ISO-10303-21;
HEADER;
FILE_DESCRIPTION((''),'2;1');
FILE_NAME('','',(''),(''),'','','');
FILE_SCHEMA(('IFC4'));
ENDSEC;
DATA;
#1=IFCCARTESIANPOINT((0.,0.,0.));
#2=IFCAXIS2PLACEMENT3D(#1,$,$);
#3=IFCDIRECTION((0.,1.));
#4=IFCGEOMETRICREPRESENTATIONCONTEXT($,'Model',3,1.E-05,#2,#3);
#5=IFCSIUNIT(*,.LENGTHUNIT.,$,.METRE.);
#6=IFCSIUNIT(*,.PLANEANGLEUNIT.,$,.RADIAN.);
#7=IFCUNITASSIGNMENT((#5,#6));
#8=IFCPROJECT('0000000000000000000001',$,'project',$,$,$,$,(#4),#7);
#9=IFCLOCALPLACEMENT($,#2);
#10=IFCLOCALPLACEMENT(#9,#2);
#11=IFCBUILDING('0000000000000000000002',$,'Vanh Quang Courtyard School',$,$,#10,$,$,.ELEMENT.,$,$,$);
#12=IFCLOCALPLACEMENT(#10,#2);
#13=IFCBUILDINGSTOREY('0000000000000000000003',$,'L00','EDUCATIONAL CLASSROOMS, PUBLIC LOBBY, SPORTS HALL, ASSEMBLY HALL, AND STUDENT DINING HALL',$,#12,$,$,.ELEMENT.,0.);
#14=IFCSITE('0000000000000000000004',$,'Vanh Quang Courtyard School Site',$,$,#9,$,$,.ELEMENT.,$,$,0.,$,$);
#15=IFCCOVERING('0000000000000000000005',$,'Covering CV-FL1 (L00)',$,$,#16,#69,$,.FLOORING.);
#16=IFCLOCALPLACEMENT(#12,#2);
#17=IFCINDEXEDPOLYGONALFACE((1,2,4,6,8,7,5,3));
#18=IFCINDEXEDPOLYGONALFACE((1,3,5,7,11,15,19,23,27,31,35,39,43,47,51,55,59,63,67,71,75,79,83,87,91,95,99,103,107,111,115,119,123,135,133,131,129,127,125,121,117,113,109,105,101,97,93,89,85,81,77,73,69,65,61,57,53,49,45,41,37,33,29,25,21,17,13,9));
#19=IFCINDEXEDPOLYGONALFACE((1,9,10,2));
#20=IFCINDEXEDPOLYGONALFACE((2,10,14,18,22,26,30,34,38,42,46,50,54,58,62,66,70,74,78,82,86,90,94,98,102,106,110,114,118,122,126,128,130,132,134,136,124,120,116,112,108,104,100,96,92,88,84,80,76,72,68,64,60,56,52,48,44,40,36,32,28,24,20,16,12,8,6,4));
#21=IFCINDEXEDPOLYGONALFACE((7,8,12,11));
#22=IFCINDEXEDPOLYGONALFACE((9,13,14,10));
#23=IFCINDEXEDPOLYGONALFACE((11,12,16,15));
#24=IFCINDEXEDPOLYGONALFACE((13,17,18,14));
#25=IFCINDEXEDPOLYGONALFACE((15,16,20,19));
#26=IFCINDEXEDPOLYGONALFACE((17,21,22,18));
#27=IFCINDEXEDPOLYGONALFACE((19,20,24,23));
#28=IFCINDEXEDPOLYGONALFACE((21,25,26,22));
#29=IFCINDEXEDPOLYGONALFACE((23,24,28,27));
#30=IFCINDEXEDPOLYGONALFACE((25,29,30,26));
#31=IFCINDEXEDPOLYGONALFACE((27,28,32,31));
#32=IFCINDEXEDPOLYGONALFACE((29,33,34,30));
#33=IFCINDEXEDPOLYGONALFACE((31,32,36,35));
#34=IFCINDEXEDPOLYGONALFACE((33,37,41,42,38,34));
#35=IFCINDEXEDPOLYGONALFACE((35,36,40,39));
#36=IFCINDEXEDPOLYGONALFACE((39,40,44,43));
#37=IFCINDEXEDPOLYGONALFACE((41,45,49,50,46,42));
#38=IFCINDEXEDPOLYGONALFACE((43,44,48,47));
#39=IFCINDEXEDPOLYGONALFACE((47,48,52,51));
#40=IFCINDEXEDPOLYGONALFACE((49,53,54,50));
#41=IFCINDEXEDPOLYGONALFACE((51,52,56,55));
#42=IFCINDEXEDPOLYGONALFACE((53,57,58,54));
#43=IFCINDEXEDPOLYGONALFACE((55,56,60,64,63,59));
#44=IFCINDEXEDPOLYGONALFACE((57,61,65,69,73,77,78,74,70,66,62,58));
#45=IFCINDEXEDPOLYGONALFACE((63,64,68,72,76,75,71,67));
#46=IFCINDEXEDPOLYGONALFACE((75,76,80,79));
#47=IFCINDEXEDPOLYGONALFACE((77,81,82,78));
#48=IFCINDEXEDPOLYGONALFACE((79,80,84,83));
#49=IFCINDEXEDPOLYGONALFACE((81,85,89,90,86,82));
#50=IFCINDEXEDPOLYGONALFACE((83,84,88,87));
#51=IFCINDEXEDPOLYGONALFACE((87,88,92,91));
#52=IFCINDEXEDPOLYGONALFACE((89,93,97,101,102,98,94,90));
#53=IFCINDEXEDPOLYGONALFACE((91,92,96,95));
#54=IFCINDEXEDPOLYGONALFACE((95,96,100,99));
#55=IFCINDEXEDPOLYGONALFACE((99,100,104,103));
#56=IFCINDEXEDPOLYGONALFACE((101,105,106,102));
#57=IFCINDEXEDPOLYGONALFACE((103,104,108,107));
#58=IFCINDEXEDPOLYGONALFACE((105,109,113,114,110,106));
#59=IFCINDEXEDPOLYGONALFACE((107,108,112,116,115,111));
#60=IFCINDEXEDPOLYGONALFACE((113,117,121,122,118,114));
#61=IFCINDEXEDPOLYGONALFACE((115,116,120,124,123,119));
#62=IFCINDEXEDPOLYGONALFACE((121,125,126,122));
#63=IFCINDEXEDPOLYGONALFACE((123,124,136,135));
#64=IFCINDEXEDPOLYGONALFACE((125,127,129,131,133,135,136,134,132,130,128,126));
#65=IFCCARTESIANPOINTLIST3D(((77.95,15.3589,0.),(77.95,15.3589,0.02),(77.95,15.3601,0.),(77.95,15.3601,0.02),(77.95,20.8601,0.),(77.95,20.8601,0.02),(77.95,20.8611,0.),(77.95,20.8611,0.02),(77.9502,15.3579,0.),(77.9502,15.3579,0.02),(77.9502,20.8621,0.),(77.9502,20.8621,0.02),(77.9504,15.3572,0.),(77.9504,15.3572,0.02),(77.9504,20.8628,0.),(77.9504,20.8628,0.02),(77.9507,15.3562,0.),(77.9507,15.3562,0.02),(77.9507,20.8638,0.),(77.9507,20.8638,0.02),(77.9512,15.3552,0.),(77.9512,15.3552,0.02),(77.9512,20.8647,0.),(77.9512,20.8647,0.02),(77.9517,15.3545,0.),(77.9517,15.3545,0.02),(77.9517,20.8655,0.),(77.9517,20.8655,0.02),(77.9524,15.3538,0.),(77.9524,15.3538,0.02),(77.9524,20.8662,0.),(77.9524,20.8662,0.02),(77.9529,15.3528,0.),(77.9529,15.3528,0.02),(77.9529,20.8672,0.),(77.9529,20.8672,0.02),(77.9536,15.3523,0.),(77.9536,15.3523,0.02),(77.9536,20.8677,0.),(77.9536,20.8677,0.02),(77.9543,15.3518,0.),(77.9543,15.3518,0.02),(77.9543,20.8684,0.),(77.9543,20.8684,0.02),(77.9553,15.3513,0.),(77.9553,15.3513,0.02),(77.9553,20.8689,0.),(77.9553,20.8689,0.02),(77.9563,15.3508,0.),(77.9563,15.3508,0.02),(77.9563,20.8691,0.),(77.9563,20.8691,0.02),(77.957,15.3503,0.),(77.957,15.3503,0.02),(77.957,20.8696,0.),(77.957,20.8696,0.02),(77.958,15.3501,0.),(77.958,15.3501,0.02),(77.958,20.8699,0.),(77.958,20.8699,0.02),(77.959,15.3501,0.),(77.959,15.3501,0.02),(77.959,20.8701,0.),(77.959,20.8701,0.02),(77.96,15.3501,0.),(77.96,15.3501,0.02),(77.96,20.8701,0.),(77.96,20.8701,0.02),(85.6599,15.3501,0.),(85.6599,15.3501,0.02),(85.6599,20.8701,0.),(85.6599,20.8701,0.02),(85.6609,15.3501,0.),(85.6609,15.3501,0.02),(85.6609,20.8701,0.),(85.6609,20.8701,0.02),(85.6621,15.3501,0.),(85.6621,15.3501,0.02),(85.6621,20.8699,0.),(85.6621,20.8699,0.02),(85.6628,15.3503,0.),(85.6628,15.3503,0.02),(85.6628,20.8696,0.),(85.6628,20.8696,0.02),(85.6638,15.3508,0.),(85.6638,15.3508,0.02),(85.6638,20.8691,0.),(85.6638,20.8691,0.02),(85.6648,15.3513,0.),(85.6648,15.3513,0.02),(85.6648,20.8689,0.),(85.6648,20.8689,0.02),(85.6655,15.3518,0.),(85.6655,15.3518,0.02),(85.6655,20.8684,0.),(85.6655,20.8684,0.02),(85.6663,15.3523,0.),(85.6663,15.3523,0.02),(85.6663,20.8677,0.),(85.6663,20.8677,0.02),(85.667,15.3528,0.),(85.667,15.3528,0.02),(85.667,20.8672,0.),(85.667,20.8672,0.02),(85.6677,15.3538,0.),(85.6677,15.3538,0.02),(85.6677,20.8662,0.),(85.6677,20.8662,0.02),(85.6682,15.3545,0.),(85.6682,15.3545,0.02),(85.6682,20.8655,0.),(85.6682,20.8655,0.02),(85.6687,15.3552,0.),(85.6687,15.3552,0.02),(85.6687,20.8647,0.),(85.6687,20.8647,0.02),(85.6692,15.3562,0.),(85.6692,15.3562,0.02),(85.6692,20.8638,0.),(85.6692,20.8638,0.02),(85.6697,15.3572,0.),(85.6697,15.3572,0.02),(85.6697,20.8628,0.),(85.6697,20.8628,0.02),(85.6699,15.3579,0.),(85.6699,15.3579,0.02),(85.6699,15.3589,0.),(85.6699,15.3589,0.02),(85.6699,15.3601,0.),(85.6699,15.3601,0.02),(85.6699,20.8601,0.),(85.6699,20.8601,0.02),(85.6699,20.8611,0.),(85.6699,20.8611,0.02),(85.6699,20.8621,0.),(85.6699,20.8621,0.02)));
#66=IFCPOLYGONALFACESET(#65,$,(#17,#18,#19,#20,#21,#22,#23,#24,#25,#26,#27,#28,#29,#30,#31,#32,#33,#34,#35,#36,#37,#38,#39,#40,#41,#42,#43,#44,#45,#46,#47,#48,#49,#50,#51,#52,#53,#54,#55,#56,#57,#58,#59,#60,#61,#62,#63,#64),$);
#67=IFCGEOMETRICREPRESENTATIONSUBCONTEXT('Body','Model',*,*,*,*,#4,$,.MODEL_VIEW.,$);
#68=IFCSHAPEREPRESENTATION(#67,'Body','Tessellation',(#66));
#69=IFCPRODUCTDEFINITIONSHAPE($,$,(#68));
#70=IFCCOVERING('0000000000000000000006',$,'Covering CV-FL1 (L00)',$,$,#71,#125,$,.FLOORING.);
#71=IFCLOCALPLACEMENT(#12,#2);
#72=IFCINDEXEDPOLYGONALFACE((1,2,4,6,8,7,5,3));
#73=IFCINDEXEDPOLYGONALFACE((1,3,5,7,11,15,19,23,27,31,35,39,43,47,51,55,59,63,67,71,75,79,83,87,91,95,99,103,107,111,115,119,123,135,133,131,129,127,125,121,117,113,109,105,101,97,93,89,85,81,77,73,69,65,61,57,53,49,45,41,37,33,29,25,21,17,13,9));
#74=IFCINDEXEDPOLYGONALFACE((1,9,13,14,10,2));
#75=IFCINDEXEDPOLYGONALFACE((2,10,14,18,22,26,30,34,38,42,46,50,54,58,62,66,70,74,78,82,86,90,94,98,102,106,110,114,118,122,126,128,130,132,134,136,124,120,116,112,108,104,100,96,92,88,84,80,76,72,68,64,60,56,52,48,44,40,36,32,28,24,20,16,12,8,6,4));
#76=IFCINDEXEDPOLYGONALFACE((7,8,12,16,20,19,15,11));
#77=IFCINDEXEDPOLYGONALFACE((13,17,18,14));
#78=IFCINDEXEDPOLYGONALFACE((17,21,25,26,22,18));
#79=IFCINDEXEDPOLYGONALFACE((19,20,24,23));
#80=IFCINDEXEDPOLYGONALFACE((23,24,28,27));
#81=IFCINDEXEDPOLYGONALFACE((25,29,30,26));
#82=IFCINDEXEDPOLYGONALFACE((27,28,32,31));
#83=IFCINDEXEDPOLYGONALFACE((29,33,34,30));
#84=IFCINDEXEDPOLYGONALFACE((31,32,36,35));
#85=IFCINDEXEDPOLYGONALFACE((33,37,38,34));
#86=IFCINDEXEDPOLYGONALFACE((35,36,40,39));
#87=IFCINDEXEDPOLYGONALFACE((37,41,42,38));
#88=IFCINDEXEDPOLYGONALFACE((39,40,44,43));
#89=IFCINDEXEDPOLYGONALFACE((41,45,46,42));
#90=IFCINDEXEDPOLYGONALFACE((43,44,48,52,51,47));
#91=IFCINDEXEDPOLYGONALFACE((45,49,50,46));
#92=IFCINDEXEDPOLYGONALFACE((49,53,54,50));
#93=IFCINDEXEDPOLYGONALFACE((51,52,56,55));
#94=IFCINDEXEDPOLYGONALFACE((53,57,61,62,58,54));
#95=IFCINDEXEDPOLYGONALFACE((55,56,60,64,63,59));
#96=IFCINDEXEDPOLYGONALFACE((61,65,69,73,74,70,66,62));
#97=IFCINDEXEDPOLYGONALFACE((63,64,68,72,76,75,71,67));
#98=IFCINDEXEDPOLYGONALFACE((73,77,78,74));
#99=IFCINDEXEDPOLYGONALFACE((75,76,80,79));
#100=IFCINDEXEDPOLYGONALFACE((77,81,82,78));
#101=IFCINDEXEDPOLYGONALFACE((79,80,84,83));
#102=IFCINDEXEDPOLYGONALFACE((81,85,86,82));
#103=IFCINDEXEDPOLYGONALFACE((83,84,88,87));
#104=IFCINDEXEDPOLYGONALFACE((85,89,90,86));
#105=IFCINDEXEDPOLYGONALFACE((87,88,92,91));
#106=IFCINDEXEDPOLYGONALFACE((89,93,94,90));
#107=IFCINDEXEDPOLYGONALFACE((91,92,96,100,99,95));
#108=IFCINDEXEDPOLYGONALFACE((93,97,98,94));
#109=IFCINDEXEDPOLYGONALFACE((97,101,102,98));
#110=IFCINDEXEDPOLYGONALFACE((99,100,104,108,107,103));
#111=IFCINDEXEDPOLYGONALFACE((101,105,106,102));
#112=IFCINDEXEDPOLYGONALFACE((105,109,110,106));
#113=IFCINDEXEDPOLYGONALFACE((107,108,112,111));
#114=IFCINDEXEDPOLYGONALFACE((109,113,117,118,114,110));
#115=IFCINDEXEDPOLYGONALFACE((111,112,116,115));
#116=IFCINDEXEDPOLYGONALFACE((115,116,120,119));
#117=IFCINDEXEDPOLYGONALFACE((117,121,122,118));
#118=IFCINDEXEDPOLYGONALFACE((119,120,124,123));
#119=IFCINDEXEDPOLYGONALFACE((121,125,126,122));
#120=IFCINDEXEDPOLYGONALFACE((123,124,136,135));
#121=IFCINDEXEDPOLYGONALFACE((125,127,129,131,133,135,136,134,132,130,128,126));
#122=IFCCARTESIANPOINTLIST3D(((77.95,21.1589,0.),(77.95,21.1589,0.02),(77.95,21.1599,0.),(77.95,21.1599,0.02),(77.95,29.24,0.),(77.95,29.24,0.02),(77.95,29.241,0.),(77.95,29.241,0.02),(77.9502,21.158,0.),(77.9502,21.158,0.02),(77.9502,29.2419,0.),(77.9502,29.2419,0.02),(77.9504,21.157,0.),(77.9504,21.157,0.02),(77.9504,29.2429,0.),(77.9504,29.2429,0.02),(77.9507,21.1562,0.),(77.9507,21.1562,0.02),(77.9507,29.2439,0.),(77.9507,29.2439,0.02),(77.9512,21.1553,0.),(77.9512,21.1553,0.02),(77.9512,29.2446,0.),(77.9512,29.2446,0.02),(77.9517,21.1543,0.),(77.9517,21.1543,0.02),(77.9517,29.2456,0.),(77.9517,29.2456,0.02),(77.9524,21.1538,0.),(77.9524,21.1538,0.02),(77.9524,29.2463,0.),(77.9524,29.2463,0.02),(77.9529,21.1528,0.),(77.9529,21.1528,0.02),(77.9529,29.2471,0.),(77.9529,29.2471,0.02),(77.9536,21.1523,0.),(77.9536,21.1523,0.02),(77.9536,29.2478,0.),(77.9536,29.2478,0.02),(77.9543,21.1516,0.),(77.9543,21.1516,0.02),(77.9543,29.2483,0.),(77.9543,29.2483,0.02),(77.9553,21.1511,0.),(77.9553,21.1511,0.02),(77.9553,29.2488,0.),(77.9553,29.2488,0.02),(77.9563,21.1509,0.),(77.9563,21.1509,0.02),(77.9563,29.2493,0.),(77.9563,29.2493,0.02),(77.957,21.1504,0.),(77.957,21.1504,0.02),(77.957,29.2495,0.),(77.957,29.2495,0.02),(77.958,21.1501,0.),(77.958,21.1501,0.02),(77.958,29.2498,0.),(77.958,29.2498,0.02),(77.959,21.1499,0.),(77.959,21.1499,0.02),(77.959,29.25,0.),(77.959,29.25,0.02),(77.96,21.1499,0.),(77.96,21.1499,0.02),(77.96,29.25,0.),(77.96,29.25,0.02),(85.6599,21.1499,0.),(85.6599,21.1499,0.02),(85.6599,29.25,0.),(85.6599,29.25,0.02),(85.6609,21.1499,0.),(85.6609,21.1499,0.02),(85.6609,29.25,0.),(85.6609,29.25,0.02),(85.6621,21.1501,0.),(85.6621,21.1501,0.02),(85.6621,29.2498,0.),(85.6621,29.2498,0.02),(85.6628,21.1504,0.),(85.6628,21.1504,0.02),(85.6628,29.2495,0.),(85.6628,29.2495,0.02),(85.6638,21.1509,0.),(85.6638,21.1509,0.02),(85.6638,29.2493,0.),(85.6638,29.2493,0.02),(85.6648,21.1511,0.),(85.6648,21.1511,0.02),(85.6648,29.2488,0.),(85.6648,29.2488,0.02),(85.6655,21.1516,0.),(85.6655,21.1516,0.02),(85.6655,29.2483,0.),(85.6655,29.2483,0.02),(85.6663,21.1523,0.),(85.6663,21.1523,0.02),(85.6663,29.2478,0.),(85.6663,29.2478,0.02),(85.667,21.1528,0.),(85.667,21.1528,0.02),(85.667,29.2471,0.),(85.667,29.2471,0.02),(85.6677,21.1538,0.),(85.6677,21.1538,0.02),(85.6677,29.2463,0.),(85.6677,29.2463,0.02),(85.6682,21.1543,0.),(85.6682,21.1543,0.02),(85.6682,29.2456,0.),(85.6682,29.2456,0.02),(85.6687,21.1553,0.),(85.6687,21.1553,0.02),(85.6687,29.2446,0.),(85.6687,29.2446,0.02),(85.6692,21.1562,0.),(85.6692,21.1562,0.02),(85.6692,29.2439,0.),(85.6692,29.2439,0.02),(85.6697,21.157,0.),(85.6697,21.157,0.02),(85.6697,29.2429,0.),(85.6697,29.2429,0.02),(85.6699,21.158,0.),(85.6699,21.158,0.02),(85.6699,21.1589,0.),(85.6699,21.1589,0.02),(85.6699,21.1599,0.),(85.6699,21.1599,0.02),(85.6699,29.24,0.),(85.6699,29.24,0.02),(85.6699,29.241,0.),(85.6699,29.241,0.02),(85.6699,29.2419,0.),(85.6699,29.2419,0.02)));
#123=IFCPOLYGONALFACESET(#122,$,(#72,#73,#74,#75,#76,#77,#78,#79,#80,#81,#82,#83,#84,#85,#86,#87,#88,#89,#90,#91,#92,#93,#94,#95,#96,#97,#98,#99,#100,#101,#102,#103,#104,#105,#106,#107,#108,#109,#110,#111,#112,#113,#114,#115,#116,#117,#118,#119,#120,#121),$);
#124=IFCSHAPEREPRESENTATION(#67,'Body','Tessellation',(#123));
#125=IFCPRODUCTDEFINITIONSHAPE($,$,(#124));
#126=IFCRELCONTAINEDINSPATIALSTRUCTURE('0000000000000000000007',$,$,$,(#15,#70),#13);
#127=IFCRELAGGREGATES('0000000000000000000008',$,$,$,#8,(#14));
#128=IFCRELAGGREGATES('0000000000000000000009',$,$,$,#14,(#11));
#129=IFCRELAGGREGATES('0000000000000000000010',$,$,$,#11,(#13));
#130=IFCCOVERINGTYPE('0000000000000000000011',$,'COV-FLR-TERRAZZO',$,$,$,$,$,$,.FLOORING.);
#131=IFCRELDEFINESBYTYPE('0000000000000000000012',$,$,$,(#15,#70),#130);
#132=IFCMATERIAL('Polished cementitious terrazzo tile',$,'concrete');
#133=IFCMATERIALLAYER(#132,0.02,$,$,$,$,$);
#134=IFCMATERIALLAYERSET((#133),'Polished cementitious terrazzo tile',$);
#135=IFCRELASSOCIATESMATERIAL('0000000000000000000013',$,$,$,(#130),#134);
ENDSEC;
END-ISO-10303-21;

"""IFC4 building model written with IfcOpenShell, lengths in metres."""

from ifc_helpers import new_model, si_unit, direction, origin, place, context, subcontext, project, spatial, polyline, outline, extrude, material, layer, layer_set, type_object, element, save


model = new_model("IFC4")

# Units and contexts
model_context = context("Model", 3, precision=1e-05, world=origin(), true_north=direction((0.0, 1.0)))
body_context = subcontext(model_context, "Body", "Model", "MODEL_VIEW")
ifc_project = project(units=[si_unit("LENGTHUNIT", "METRE"), si_unit("PLANEANGLEUNIT", "RADIAN")], contexts=[model_context])

# Site, building, storey
site_placement = place(None, origin())
site = spatial("IfcSite", under=ifc_project, at=site_placement, Name="Vanh Quang Courtyard School Site", CompositionType="ELEMENT", RefElevation=0.0)
building_placement = place(site_placement, origin())
building = spatial("IfcBuilding", under=site, at=building_placement, Name="Vanh Quang Courtyard School", CompositionType="ELEMENT")
storey_placement = place(building_placement, origin())
storey = spatial("IfcBuildingStorey", under=building, at=storey_placement, Name="L00", Description="EDUCATIONAL CLASSROOMS, PUBLIC LOBBY, SPORTS HALL, ASSEMBLY HALL, AND STUDENT DINING HALL", CompositionType="ELEMENT", Elevation=0.0)

# Coverings
ifc_material_1 = material(Name="Polished cementitious terrazzo tile", Category="concrete")
ifc_layer_1 = layer(ifc_material_1, 0.02)
ifc_layer_set_1 = layer_set([ifc_layer_1], Name="Polished cementitious terrazzo tile")
covering_type = type_object("IfcCoveringType", Name="COV-FLR-TERRAZZO", PredefinedType="FLOORING", material=ifc_layer_set_1)
covering_1_placement = place(storey_placement, origin())
element("IfcCovering", 1, at=covering_1_placement, inside=storey, type_object=covering_type, Name="Covering CV-FL1 (L00)", PredefinedType="FLOORING", context=body_context, shape_type="SweptSolid", body=[
    extrude(outline(polyline([(77.96, 15.3501), (77.959, 15.3501), (77.958, 15.3501), (77.957, 15.3503), (77.9563, 15.3508), (77.9553, 15.3513), (77.9543, 15.3518), (77.9536, 15.3523), (77.9529, 15.3528), (77.9524, 15.3538), (77.9517, 15.3545), (77.9512, 15.3552), (77.9507, 15.3562), (77.9504, 15.3572), (77.9502, 15.3579), (77.95, 15.3589), (77.95, 15.3601), (77.95, 20.8601), (77.95, 20.8611), (77.9502, 20.8621), (77.9504, 20.8628), (77.9507, 20.8638), (77.9512, 20.8647), (77.9517, 20.8655), (77.9524, 20.8662), (77.9529, 20.8672), (77.9536, 20.8677), (77.9543, 20.8684), (77.9553, 20.8689), (77.9563, 20.8691), (77.957, 20.8696), (77.958, 20.8699), (77.959, 20.8701), (77.96, 20.8701), (85.6599, 20.8701), (85.6609, 20.8701), (85.6621, 20.8699), (85.6628, 20.8696), (85.6638, 20.8691), (85.6648, 20.8689), (85.6655, 20.8684), (85.6663, 20.8677), (85.667, 20.8672), (85.6677, 20.8662), (85.6682, 20.8655), (85.6687, 20.8647), (85.6692, 20.8638), (85.6697, 20.8628), (85.6699, 20.8621), (85.6699, 20.8611), (85.6699, 20.8601), (85.6699, 15.3601), (85.6699, 15.3589), (85.6699, 15.3579), (85.6697, 15.3572), (85.6692, 15.3562), (85.6687, 15.3552), (85.6682, 15.3545), (85.6677, 15.3538), (85.667, 15.3528), (85.6663, 15.3523), (85.6655, 15.3518), (85.6648, 15.3513), (85.6638, 15.3508), (85.6628, 15.3503), (85.6621, 15.3501), (85.6609, 15.3501), (85.6599, 15.3501), (77.96, 15.3501)])), origin(), (0.0, 0.0, 1.0), 0.02),
])
covering_2_placement = place(storey_placement, origin())
element("IfcCovering", 2, at=covering_2_placement, inside=storey, type_object=covering_type, Name="Covering CV-FL1 (L00)", PredefinedType="FLOORING", context=body_context, shape_type="SweptSolid", body=[
    extrude(outline(polyline([(77.96, 21.1499), (77.959, 21.1499), (77.958, 21.1501), (77.957, 21.1504), (77.9563, 21.1509), (77.9553, 21.1511), (77.9543, 21.1516), (77.9536, 21.1523), (77.9529, 21.1528), (77.9524, 21.1538), (77.9517, 21.1543), (77.9512, 21.1553), (77.9507, 21.1562), (77.9504, 21.157), (77.9502, 21.158), (77.95, 21.1589), (77.95, 21.1599), (77.95, 29.24), (77.95, 29.241), (77.9502, 29.2419), (77.9504, 29.2429), (77.9507, 29.2439), (77.9512, 29.2446), (77.9517, 29.2456), (77.9524, 29.2463), (77.9529, 29.2471), (77.9536, 29.2478), (77.9543, 29.2483), (77.9553, 29.2488), (77.9563, 29.2493), (77.957, 29.2495), (77.958, 29.2498), (77.959, 29.25), (77.96, 29.25), (85.6599, 29.25), (85.6609, 29.25), (85.6621, 29.2498), (85.6628, 29.2495), (85.6638, 29.2493), (85.6648, 29.2488), (85.6655, 29.2483), (85.6663, 29.2478), (85.667, 29.2471), (85.6677, 29.2463), (85.6682, 29.2456), (85.6687, 29.2446), (85.6692, 29.2439), (85.6697, 29.2429), (85.6699, 29.2419), (85.6699, 29.241), (85.6699, 29.24), (85.6699, 21.1599), (85.6699, 21.1589), (85.6699, 21.158), (85.6697, 21.157), (85.6692, 21.1562), (85.6687, 21.1553), (85.6682, 21.1543), (85.6677, 21.1538), (85.667, 21.1528), (85.6663, 21.1523), (85.6655, 21.1516), (85.6648, 21.1511), (85.6638, 21.1509), (85.6628, 21.1504), (85.6621, 21.1501), (85.6609, 21.1499), (85.6599, 21.1499), (77.96, 21.1499)])), origin(), (0.0, 0.0, 1.0), 0.02),
])

save(model, "model.ifc")
